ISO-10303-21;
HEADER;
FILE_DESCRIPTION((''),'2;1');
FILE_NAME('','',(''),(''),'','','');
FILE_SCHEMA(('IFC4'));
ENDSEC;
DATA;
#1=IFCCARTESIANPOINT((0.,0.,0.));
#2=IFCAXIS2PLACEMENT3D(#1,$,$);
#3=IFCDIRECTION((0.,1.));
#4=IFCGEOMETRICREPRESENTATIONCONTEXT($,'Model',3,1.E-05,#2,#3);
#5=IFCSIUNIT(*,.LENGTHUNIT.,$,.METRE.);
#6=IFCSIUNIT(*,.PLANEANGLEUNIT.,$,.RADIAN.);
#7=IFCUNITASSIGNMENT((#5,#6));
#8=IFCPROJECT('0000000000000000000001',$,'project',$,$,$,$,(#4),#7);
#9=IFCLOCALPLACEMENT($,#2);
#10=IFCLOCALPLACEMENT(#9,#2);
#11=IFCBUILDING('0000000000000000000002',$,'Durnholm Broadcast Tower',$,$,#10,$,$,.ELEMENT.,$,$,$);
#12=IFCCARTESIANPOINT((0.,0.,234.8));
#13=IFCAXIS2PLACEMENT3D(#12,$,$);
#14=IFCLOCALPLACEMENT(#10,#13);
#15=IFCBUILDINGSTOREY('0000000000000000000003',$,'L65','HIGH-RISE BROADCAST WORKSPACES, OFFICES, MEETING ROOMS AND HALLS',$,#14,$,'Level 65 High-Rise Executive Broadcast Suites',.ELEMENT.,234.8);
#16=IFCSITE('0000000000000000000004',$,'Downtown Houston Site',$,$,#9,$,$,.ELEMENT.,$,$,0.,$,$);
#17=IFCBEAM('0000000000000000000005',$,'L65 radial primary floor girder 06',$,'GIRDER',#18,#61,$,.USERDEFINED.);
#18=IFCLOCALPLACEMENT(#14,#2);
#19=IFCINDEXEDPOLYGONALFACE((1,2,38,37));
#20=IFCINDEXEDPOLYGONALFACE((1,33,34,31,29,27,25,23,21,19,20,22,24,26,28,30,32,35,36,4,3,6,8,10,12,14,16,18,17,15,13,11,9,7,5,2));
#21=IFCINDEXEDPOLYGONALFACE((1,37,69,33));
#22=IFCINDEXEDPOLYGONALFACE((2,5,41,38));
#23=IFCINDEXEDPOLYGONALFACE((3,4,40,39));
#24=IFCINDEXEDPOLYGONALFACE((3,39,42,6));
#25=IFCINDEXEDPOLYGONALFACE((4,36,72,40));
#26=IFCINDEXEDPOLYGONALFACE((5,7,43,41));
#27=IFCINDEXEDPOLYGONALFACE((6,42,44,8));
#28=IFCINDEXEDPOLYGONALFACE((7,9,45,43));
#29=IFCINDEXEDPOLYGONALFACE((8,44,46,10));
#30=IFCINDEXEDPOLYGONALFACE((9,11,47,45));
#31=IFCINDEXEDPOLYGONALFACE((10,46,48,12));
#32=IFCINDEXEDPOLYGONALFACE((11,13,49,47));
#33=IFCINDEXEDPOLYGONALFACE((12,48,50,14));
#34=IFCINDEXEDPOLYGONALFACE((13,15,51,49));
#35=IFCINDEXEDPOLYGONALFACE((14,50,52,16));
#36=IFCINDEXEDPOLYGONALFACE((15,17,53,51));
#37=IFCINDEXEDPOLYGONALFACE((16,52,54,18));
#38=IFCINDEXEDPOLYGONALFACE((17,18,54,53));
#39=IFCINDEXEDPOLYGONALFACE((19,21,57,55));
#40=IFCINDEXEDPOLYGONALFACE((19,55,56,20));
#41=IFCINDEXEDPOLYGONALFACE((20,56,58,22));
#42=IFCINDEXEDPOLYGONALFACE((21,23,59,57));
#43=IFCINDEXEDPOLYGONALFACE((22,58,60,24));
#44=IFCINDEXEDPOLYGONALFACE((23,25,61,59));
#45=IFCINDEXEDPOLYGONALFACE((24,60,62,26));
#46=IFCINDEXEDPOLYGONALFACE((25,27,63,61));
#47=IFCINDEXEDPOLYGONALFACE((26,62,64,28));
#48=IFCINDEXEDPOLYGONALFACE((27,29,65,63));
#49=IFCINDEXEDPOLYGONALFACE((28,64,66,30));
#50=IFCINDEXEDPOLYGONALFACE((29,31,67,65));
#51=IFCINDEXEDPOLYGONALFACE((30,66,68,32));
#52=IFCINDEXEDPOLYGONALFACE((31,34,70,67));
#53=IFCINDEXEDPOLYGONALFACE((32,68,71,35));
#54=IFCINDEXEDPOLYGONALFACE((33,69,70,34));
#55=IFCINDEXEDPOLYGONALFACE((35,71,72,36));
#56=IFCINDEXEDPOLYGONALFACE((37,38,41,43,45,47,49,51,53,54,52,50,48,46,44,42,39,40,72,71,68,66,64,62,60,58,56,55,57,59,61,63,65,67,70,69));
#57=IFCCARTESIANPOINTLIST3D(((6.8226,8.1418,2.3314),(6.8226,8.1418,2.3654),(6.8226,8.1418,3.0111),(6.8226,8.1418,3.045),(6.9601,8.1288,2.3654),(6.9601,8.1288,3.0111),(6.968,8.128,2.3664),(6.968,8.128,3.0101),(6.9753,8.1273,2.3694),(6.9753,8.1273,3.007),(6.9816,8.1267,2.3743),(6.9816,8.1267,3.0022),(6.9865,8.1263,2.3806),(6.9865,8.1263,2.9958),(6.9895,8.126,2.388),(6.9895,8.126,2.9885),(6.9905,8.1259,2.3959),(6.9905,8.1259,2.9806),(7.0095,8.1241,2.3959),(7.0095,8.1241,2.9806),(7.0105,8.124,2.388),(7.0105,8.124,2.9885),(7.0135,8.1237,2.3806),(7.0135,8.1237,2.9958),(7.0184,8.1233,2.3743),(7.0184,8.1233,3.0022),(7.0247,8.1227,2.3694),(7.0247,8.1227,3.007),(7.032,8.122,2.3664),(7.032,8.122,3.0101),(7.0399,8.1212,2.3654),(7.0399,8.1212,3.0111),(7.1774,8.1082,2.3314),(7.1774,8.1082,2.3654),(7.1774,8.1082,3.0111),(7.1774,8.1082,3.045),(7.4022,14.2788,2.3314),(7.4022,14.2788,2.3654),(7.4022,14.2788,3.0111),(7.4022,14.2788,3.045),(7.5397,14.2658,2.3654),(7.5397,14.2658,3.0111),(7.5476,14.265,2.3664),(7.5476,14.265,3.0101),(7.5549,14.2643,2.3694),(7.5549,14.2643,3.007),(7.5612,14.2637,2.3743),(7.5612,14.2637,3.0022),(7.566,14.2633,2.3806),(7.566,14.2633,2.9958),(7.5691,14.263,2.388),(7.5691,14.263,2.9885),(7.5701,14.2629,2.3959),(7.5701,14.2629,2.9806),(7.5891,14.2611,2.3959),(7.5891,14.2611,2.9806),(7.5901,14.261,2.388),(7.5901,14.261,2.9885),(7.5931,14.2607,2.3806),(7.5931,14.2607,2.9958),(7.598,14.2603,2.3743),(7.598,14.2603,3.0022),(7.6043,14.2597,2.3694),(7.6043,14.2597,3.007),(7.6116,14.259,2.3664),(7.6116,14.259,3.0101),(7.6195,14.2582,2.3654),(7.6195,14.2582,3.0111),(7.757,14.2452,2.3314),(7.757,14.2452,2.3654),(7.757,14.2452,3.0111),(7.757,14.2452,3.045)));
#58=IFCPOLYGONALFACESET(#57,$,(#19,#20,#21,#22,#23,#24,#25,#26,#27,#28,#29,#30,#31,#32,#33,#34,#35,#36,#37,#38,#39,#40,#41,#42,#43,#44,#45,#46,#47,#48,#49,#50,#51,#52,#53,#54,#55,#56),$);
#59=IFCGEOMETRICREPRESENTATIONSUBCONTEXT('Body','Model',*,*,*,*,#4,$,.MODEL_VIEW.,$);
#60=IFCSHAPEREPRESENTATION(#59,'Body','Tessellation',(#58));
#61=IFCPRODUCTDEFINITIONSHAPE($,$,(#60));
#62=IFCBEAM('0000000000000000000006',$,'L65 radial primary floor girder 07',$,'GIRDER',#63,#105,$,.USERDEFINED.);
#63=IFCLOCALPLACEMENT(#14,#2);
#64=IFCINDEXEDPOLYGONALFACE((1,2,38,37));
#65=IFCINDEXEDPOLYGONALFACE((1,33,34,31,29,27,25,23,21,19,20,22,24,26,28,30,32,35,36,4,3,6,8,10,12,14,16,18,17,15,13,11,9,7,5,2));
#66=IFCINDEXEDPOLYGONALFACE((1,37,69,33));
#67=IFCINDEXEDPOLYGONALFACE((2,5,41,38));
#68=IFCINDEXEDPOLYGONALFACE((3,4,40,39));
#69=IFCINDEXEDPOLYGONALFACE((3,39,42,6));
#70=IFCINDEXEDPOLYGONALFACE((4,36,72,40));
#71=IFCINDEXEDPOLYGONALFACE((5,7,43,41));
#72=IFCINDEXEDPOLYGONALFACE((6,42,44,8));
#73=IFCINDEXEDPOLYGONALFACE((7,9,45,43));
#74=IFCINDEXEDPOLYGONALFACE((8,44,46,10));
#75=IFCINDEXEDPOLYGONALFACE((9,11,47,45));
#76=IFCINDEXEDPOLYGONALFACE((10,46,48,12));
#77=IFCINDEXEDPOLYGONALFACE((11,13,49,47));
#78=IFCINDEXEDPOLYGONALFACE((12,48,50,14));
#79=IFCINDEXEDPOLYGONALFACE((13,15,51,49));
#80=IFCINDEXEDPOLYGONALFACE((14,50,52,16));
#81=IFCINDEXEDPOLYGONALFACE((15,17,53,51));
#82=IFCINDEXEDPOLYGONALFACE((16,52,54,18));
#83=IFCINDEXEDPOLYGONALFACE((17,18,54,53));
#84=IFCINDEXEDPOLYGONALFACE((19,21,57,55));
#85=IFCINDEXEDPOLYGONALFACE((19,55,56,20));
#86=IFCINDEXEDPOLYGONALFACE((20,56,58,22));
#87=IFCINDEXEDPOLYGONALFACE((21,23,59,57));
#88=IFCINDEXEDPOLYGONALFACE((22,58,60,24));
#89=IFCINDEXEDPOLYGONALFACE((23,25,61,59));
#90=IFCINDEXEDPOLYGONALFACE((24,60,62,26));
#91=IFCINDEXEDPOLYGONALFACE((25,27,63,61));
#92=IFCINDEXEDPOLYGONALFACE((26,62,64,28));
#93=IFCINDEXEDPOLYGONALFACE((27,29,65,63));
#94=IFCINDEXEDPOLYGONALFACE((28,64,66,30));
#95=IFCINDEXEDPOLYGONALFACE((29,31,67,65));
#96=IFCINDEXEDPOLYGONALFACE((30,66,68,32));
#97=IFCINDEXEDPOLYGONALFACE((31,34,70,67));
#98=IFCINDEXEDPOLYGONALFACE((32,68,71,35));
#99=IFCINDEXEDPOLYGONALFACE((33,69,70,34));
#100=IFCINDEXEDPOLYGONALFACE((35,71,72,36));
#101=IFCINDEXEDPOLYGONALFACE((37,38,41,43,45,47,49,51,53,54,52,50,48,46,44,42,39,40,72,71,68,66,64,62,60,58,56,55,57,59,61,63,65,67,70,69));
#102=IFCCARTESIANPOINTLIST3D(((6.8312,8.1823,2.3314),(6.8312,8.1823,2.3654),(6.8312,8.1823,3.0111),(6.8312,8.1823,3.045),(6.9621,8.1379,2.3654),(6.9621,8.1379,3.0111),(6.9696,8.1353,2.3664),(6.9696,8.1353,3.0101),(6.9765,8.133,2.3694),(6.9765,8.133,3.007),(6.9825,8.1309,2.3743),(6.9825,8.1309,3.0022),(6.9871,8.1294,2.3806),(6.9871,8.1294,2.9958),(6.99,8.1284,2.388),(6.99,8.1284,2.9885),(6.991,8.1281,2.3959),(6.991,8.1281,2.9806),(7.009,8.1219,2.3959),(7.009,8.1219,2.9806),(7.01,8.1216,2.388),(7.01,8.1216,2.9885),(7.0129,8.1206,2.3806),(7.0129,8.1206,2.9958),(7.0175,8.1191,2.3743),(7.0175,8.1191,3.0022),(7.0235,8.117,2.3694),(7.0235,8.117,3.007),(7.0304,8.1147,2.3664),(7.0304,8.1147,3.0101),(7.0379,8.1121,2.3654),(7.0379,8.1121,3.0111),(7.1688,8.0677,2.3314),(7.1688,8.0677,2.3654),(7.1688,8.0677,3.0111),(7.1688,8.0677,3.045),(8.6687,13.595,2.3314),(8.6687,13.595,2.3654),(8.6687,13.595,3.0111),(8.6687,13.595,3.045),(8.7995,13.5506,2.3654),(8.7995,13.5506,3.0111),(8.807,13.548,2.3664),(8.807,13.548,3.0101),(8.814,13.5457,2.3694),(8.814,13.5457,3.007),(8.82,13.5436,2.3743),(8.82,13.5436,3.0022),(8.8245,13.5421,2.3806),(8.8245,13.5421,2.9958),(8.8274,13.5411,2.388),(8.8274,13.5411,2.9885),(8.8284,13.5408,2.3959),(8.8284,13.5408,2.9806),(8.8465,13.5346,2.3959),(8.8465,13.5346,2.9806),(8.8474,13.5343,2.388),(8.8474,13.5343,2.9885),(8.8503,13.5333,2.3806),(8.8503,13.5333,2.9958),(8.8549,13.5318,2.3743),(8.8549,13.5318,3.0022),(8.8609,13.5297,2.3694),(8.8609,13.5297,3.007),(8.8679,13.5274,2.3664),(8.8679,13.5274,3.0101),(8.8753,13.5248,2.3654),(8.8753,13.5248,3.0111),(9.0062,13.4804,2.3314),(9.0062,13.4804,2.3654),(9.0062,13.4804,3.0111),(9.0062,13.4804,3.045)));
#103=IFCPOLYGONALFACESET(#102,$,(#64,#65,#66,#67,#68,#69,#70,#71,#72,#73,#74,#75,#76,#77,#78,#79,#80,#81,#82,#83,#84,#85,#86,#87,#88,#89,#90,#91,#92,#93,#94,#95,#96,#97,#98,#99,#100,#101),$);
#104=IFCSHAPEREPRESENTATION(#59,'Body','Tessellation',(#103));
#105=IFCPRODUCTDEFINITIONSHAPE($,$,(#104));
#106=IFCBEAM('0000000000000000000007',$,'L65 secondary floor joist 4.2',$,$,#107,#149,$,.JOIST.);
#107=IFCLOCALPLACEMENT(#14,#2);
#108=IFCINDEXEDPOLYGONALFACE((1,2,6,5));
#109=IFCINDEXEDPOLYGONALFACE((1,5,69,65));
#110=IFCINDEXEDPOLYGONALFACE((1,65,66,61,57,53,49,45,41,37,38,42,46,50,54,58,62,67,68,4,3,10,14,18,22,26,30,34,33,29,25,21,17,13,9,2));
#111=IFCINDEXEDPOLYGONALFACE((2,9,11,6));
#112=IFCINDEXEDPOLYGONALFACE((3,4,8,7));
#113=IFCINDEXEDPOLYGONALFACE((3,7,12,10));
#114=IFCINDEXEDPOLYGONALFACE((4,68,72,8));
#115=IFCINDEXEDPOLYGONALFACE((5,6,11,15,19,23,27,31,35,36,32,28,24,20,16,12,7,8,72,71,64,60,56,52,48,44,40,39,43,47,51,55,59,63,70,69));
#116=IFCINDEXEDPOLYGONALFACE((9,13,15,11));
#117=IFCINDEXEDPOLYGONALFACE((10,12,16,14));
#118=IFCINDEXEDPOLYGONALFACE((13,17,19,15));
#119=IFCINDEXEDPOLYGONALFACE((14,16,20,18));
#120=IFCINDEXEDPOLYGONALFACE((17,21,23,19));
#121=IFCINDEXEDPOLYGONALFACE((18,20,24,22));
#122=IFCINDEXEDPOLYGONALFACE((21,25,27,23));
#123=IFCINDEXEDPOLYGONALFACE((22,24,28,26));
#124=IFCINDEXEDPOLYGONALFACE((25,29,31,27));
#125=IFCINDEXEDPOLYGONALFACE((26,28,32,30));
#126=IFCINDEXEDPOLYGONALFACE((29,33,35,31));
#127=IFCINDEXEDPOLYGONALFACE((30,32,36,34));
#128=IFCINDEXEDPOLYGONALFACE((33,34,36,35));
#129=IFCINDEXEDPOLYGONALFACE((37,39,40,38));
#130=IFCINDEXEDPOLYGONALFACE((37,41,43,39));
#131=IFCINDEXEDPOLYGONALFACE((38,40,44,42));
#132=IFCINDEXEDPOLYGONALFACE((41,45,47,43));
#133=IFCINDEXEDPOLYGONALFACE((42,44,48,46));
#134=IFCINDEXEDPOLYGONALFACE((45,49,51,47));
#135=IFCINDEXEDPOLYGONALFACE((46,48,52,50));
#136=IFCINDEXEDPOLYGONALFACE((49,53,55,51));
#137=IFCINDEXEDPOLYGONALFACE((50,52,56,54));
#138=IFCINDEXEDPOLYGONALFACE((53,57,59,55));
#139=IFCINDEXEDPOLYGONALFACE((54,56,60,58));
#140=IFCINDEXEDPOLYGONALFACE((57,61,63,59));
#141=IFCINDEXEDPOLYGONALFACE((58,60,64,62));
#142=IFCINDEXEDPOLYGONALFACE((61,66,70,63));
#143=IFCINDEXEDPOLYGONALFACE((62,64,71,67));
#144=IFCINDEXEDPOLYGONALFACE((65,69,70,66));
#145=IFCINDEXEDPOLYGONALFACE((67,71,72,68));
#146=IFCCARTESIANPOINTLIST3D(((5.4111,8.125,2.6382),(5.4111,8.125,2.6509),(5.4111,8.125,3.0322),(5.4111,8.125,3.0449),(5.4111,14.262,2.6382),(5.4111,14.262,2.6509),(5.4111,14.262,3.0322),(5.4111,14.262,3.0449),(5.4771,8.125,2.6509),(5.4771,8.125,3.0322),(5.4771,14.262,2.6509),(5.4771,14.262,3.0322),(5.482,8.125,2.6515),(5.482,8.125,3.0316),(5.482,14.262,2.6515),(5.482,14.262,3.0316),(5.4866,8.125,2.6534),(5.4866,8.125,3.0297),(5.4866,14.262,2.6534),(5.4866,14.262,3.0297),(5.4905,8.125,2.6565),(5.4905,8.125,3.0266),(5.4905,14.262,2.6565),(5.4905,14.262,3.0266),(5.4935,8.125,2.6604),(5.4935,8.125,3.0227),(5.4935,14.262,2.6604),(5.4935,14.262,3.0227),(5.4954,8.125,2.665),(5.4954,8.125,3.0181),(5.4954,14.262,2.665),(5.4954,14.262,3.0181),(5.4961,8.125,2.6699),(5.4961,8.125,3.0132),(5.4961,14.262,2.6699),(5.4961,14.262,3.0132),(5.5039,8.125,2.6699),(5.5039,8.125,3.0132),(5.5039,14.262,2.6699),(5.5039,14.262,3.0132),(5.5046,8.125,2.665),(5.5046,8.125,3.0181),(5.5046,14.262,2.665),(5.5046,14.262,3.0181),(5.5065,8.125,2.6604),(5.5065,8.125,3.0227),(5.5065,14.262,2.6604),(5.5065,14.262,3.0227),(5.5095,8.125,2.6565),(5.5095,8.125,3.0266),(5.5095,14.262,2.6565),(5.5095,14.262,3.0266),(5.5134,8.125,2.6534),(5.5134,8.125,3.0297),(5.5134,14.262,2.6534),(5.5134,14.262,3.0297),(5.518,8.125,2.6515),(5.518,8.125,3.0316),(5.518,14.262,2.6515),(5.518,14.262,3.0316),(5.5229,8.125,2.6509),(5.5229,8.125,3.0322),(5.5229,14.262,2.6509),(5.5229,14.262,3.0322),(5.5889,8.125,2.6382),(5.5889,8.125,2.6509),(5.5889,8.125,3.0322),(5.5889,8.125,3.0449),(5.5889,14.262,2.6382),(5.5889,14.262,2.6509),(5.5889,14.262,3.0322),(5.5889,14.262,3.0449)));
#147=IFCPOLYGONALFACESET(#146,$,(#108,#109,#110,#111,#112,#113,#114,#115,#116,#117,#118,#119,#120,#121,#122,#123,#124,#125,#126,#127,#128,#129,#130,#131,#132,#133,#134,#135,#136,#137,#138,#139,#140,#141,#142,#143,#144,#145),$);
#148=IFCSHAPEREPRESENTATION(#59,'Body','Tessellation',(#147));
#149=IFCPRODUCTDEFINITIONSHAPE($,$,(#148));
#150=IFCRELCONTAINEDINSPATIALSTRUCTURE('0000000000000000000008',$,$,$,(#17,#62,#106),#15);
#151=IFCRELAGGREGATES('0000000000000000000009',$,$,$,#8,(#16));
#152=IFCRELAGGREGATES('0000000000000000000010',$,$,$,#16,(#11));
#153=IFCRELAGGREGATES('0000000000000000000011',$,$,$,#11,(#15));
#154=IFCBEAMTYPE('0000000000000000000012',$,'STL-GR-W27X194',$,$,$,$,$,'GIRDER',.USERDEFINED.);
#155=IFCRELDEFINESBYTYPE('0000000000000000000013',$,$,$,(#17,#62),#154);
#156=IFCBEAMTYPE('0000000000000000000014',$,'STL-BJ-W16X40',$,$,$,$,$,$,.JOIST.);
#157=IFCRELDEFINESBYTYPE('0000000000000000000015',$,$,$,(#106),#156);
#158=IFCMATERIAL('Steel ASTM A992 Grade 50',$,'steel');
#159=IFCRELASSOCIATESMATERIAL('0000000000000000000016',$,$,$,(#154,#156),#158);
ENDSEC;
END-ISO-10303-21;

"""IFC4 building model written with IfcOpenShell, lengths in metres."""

from ifc_helpers import new_model, si_unit, direction, frame, origin, origin_2d, place, context, subcontext, project, spatial, i_section, extrude, source, transform, mapped, material, material_profile, profile_set, type_object, type_shapes, element, save


model = new_model("IFC4")

# Units and contexts
model_context = context("Model", 3, precision=1e-05, world=origin(), true_north=direction((0.0, 1.0)))
body_context = subcontext(model_context, "Body", "Model", "MODEL_VIEW")
ifc_project = project(units=[si_unit("LENGTHUNIT", "METRE"), si_unit("PLANEANGLEUNIT", "RADIAN")], contexts=[model_context])

# Site, building, storey
site_placement = place(None, origin())
site = spatial("IfcSite", under=ifc_project, at=site_placement, Name="Downtown Houston Site", CompositionType="ELEMENT", RefElevation=0.0)
building_placement = place(site_placement, origin())
building = spatial("IfcBuilding", under=site, at=building_placement, Name="Durnholm Broadcast Tower", CompositionType="ELEMENT")
storey_placement = place(building_placement, frame((0.0, 0.0, 234.8)))
storey = spatial("IfcBuildingStorey", under=building, at=storey_placement, Name="L65", Description="HIGH-RISE BROADCAST WORKSPACES, OFFICES, MEETING ROOMS AND HALLS", LongName="Level 65 High-Rise Executive Broadcast Suites", CompositionType="ELEMENT", Elevation=234.8)

# Beams
ifc_material_1 = material(Name="Steel ASTM A992 Grade 50", Category="steel")
ifc_material_profile_1 = material_profile(ifc_material_1, i_section(OverallWidth=0.3564, OverallDepth=0.7136, WebThickness=0.019, FlangeThickness=0.0339, FilletRadius=0.0305, at=origin_2d()), Name="W27X194")
ifc_profile_set_1 = profile_set([ifc_material_profile_1], Name="Steel ASTM A992 Grade 50")
beam_type_1 = type_object("IfcBeamType", Name="STL-GR-W27X194", ElementType="GIRDER", PredefinedType="USERDEFINED", material=ifc_profile_set_1)
shared_shape_1 = source(origin(), body_context, "Body", "SweptSolid", [
    extrude(i_section(OverallWidth=0.3564, OverallDepth=0.7136, WebThickness=0.019, FlangeThickness=0.0339, FilletRadius=0.0305, at=origin_2d()), origin(), (0.0, 0.0, 1.0), 6.1643),
])
beam_1_placement = place(storey_placement, frame((7.0, 8.125, 2.6882), z_axis=(0.094024, 0.99557, 0.0), x_axis=(-0.99557, 0.094024, 0.0)))
element("IfcBeam", 1, at=beam_1_placement, inside=storey, type_object=beam_type_1, Name="L65 radial primary floor girder 06", ObjectType="GIRDER", PredefinedType="USERDEFINED", context=body_context, shape_type="MappedRepresentation", body=[
    mapped(shared_shape_1, transform((0.0, 0.0, 0.0), x_axis=(1.0, 0.0, 0.0), y_axis=(0.0, 1.0, 0.0), z_axis=(0.0, 0.0, 1.0), scale=1.0)),
])
shared_shape_2 = source(origin(), body_context, "Body", "SweptSolid", [
    extrude(i_section(OverallWidth=0.3564, OverallDepth=0.7136, WebThickness=0.019, FlangeThickness=0.0339, FilletRadius=0.0305, at=origin_2d()), origin(), (0.0, 0.0, 1.0), 5.7161),
])
type_shapes(beam_type_1, [shared_shape_1, shared_shape_2])
beam_2_placement = place(storey_placement, frame((7.0, 8.125, 2.6882), z_axis=(0.321451, 0.946926, 0.0), x_axis=(-0.946926, 0.321451, 0.0)))
element("IfcBeam", 2, at=beam_2_placement, inside=storey, type_object=beam_type_1, Name="L65 radial primary floor girder 07", ObjectType="GIRDER", PredefinedType="USERDEFINED", context=body_context, shape_type="MappedRepresentation", body=[
    mapped(shared_shape_2, transform((0.0, 0.0, 0.0), x_axis=(1.0, 0.0, 0.0), y_axis=(0.0, 1.0, 0.0), z_axis=(0.0, 0.0, 1.0), scale=1.0)),
])
ifc_material_profile_2 = material_profile(ifc_material_1, i_section(OverallWidth=0.1777, OverallDepth=0.4067, WebThickness=0.0078, FlangeThickness=0.0127, FilletRadius=0.019, at=origin_2d()), Name="W16X40")
ifc_profile_set_2 = profile_set([ifc_material_profile_2], Name="Steel ASTM A992 Grade 50")
beam_type_2 = type_object("IfcBeamType", Name="STL-BJ-W16X40", PredefinedType="JOIST", material=ifc_profile_set_2)
shared_shape_3 = source(origin(), body_context, "Body", "SweptSolid", [
    extrude(i_section(OverallWidth=0.1777, OverallDepth=0.4067, WebThickness=0.0078, FlangeThickness=0.0127, FilletRadius=0.019, at=origin_2d()), origin(), (0.0, 0.0, 1.0), 6.137),
])
type_shapes(beam_type_2, [shared_shape_3])
beam_3_placement = place(storey_placement, frame((5.5, 8.125, 2.8416), z_axis=(0.0, 1.0, 0.0), x_axis=(-1.0, 0.0, 0.0)))
element("IfcBeam", 3, at=beam_3_placement, inside=storey, type_object=beam_type_2, Name="L65 secondary floor joist 4.2", PredefinedType="JOIST", context=body_context, shape_type="MappedRepresentation", body=[
    mapped(shared_shape_3, transform((0.0, 0.0, 0.0), x_axis=(1.0, 0.0, 0.0), y_axis=(0.0, 1.0, 0.0), z_axis=(0.0, 0.0, 1.0), scale=1.0)),
])

save(model, "model.ifc")
